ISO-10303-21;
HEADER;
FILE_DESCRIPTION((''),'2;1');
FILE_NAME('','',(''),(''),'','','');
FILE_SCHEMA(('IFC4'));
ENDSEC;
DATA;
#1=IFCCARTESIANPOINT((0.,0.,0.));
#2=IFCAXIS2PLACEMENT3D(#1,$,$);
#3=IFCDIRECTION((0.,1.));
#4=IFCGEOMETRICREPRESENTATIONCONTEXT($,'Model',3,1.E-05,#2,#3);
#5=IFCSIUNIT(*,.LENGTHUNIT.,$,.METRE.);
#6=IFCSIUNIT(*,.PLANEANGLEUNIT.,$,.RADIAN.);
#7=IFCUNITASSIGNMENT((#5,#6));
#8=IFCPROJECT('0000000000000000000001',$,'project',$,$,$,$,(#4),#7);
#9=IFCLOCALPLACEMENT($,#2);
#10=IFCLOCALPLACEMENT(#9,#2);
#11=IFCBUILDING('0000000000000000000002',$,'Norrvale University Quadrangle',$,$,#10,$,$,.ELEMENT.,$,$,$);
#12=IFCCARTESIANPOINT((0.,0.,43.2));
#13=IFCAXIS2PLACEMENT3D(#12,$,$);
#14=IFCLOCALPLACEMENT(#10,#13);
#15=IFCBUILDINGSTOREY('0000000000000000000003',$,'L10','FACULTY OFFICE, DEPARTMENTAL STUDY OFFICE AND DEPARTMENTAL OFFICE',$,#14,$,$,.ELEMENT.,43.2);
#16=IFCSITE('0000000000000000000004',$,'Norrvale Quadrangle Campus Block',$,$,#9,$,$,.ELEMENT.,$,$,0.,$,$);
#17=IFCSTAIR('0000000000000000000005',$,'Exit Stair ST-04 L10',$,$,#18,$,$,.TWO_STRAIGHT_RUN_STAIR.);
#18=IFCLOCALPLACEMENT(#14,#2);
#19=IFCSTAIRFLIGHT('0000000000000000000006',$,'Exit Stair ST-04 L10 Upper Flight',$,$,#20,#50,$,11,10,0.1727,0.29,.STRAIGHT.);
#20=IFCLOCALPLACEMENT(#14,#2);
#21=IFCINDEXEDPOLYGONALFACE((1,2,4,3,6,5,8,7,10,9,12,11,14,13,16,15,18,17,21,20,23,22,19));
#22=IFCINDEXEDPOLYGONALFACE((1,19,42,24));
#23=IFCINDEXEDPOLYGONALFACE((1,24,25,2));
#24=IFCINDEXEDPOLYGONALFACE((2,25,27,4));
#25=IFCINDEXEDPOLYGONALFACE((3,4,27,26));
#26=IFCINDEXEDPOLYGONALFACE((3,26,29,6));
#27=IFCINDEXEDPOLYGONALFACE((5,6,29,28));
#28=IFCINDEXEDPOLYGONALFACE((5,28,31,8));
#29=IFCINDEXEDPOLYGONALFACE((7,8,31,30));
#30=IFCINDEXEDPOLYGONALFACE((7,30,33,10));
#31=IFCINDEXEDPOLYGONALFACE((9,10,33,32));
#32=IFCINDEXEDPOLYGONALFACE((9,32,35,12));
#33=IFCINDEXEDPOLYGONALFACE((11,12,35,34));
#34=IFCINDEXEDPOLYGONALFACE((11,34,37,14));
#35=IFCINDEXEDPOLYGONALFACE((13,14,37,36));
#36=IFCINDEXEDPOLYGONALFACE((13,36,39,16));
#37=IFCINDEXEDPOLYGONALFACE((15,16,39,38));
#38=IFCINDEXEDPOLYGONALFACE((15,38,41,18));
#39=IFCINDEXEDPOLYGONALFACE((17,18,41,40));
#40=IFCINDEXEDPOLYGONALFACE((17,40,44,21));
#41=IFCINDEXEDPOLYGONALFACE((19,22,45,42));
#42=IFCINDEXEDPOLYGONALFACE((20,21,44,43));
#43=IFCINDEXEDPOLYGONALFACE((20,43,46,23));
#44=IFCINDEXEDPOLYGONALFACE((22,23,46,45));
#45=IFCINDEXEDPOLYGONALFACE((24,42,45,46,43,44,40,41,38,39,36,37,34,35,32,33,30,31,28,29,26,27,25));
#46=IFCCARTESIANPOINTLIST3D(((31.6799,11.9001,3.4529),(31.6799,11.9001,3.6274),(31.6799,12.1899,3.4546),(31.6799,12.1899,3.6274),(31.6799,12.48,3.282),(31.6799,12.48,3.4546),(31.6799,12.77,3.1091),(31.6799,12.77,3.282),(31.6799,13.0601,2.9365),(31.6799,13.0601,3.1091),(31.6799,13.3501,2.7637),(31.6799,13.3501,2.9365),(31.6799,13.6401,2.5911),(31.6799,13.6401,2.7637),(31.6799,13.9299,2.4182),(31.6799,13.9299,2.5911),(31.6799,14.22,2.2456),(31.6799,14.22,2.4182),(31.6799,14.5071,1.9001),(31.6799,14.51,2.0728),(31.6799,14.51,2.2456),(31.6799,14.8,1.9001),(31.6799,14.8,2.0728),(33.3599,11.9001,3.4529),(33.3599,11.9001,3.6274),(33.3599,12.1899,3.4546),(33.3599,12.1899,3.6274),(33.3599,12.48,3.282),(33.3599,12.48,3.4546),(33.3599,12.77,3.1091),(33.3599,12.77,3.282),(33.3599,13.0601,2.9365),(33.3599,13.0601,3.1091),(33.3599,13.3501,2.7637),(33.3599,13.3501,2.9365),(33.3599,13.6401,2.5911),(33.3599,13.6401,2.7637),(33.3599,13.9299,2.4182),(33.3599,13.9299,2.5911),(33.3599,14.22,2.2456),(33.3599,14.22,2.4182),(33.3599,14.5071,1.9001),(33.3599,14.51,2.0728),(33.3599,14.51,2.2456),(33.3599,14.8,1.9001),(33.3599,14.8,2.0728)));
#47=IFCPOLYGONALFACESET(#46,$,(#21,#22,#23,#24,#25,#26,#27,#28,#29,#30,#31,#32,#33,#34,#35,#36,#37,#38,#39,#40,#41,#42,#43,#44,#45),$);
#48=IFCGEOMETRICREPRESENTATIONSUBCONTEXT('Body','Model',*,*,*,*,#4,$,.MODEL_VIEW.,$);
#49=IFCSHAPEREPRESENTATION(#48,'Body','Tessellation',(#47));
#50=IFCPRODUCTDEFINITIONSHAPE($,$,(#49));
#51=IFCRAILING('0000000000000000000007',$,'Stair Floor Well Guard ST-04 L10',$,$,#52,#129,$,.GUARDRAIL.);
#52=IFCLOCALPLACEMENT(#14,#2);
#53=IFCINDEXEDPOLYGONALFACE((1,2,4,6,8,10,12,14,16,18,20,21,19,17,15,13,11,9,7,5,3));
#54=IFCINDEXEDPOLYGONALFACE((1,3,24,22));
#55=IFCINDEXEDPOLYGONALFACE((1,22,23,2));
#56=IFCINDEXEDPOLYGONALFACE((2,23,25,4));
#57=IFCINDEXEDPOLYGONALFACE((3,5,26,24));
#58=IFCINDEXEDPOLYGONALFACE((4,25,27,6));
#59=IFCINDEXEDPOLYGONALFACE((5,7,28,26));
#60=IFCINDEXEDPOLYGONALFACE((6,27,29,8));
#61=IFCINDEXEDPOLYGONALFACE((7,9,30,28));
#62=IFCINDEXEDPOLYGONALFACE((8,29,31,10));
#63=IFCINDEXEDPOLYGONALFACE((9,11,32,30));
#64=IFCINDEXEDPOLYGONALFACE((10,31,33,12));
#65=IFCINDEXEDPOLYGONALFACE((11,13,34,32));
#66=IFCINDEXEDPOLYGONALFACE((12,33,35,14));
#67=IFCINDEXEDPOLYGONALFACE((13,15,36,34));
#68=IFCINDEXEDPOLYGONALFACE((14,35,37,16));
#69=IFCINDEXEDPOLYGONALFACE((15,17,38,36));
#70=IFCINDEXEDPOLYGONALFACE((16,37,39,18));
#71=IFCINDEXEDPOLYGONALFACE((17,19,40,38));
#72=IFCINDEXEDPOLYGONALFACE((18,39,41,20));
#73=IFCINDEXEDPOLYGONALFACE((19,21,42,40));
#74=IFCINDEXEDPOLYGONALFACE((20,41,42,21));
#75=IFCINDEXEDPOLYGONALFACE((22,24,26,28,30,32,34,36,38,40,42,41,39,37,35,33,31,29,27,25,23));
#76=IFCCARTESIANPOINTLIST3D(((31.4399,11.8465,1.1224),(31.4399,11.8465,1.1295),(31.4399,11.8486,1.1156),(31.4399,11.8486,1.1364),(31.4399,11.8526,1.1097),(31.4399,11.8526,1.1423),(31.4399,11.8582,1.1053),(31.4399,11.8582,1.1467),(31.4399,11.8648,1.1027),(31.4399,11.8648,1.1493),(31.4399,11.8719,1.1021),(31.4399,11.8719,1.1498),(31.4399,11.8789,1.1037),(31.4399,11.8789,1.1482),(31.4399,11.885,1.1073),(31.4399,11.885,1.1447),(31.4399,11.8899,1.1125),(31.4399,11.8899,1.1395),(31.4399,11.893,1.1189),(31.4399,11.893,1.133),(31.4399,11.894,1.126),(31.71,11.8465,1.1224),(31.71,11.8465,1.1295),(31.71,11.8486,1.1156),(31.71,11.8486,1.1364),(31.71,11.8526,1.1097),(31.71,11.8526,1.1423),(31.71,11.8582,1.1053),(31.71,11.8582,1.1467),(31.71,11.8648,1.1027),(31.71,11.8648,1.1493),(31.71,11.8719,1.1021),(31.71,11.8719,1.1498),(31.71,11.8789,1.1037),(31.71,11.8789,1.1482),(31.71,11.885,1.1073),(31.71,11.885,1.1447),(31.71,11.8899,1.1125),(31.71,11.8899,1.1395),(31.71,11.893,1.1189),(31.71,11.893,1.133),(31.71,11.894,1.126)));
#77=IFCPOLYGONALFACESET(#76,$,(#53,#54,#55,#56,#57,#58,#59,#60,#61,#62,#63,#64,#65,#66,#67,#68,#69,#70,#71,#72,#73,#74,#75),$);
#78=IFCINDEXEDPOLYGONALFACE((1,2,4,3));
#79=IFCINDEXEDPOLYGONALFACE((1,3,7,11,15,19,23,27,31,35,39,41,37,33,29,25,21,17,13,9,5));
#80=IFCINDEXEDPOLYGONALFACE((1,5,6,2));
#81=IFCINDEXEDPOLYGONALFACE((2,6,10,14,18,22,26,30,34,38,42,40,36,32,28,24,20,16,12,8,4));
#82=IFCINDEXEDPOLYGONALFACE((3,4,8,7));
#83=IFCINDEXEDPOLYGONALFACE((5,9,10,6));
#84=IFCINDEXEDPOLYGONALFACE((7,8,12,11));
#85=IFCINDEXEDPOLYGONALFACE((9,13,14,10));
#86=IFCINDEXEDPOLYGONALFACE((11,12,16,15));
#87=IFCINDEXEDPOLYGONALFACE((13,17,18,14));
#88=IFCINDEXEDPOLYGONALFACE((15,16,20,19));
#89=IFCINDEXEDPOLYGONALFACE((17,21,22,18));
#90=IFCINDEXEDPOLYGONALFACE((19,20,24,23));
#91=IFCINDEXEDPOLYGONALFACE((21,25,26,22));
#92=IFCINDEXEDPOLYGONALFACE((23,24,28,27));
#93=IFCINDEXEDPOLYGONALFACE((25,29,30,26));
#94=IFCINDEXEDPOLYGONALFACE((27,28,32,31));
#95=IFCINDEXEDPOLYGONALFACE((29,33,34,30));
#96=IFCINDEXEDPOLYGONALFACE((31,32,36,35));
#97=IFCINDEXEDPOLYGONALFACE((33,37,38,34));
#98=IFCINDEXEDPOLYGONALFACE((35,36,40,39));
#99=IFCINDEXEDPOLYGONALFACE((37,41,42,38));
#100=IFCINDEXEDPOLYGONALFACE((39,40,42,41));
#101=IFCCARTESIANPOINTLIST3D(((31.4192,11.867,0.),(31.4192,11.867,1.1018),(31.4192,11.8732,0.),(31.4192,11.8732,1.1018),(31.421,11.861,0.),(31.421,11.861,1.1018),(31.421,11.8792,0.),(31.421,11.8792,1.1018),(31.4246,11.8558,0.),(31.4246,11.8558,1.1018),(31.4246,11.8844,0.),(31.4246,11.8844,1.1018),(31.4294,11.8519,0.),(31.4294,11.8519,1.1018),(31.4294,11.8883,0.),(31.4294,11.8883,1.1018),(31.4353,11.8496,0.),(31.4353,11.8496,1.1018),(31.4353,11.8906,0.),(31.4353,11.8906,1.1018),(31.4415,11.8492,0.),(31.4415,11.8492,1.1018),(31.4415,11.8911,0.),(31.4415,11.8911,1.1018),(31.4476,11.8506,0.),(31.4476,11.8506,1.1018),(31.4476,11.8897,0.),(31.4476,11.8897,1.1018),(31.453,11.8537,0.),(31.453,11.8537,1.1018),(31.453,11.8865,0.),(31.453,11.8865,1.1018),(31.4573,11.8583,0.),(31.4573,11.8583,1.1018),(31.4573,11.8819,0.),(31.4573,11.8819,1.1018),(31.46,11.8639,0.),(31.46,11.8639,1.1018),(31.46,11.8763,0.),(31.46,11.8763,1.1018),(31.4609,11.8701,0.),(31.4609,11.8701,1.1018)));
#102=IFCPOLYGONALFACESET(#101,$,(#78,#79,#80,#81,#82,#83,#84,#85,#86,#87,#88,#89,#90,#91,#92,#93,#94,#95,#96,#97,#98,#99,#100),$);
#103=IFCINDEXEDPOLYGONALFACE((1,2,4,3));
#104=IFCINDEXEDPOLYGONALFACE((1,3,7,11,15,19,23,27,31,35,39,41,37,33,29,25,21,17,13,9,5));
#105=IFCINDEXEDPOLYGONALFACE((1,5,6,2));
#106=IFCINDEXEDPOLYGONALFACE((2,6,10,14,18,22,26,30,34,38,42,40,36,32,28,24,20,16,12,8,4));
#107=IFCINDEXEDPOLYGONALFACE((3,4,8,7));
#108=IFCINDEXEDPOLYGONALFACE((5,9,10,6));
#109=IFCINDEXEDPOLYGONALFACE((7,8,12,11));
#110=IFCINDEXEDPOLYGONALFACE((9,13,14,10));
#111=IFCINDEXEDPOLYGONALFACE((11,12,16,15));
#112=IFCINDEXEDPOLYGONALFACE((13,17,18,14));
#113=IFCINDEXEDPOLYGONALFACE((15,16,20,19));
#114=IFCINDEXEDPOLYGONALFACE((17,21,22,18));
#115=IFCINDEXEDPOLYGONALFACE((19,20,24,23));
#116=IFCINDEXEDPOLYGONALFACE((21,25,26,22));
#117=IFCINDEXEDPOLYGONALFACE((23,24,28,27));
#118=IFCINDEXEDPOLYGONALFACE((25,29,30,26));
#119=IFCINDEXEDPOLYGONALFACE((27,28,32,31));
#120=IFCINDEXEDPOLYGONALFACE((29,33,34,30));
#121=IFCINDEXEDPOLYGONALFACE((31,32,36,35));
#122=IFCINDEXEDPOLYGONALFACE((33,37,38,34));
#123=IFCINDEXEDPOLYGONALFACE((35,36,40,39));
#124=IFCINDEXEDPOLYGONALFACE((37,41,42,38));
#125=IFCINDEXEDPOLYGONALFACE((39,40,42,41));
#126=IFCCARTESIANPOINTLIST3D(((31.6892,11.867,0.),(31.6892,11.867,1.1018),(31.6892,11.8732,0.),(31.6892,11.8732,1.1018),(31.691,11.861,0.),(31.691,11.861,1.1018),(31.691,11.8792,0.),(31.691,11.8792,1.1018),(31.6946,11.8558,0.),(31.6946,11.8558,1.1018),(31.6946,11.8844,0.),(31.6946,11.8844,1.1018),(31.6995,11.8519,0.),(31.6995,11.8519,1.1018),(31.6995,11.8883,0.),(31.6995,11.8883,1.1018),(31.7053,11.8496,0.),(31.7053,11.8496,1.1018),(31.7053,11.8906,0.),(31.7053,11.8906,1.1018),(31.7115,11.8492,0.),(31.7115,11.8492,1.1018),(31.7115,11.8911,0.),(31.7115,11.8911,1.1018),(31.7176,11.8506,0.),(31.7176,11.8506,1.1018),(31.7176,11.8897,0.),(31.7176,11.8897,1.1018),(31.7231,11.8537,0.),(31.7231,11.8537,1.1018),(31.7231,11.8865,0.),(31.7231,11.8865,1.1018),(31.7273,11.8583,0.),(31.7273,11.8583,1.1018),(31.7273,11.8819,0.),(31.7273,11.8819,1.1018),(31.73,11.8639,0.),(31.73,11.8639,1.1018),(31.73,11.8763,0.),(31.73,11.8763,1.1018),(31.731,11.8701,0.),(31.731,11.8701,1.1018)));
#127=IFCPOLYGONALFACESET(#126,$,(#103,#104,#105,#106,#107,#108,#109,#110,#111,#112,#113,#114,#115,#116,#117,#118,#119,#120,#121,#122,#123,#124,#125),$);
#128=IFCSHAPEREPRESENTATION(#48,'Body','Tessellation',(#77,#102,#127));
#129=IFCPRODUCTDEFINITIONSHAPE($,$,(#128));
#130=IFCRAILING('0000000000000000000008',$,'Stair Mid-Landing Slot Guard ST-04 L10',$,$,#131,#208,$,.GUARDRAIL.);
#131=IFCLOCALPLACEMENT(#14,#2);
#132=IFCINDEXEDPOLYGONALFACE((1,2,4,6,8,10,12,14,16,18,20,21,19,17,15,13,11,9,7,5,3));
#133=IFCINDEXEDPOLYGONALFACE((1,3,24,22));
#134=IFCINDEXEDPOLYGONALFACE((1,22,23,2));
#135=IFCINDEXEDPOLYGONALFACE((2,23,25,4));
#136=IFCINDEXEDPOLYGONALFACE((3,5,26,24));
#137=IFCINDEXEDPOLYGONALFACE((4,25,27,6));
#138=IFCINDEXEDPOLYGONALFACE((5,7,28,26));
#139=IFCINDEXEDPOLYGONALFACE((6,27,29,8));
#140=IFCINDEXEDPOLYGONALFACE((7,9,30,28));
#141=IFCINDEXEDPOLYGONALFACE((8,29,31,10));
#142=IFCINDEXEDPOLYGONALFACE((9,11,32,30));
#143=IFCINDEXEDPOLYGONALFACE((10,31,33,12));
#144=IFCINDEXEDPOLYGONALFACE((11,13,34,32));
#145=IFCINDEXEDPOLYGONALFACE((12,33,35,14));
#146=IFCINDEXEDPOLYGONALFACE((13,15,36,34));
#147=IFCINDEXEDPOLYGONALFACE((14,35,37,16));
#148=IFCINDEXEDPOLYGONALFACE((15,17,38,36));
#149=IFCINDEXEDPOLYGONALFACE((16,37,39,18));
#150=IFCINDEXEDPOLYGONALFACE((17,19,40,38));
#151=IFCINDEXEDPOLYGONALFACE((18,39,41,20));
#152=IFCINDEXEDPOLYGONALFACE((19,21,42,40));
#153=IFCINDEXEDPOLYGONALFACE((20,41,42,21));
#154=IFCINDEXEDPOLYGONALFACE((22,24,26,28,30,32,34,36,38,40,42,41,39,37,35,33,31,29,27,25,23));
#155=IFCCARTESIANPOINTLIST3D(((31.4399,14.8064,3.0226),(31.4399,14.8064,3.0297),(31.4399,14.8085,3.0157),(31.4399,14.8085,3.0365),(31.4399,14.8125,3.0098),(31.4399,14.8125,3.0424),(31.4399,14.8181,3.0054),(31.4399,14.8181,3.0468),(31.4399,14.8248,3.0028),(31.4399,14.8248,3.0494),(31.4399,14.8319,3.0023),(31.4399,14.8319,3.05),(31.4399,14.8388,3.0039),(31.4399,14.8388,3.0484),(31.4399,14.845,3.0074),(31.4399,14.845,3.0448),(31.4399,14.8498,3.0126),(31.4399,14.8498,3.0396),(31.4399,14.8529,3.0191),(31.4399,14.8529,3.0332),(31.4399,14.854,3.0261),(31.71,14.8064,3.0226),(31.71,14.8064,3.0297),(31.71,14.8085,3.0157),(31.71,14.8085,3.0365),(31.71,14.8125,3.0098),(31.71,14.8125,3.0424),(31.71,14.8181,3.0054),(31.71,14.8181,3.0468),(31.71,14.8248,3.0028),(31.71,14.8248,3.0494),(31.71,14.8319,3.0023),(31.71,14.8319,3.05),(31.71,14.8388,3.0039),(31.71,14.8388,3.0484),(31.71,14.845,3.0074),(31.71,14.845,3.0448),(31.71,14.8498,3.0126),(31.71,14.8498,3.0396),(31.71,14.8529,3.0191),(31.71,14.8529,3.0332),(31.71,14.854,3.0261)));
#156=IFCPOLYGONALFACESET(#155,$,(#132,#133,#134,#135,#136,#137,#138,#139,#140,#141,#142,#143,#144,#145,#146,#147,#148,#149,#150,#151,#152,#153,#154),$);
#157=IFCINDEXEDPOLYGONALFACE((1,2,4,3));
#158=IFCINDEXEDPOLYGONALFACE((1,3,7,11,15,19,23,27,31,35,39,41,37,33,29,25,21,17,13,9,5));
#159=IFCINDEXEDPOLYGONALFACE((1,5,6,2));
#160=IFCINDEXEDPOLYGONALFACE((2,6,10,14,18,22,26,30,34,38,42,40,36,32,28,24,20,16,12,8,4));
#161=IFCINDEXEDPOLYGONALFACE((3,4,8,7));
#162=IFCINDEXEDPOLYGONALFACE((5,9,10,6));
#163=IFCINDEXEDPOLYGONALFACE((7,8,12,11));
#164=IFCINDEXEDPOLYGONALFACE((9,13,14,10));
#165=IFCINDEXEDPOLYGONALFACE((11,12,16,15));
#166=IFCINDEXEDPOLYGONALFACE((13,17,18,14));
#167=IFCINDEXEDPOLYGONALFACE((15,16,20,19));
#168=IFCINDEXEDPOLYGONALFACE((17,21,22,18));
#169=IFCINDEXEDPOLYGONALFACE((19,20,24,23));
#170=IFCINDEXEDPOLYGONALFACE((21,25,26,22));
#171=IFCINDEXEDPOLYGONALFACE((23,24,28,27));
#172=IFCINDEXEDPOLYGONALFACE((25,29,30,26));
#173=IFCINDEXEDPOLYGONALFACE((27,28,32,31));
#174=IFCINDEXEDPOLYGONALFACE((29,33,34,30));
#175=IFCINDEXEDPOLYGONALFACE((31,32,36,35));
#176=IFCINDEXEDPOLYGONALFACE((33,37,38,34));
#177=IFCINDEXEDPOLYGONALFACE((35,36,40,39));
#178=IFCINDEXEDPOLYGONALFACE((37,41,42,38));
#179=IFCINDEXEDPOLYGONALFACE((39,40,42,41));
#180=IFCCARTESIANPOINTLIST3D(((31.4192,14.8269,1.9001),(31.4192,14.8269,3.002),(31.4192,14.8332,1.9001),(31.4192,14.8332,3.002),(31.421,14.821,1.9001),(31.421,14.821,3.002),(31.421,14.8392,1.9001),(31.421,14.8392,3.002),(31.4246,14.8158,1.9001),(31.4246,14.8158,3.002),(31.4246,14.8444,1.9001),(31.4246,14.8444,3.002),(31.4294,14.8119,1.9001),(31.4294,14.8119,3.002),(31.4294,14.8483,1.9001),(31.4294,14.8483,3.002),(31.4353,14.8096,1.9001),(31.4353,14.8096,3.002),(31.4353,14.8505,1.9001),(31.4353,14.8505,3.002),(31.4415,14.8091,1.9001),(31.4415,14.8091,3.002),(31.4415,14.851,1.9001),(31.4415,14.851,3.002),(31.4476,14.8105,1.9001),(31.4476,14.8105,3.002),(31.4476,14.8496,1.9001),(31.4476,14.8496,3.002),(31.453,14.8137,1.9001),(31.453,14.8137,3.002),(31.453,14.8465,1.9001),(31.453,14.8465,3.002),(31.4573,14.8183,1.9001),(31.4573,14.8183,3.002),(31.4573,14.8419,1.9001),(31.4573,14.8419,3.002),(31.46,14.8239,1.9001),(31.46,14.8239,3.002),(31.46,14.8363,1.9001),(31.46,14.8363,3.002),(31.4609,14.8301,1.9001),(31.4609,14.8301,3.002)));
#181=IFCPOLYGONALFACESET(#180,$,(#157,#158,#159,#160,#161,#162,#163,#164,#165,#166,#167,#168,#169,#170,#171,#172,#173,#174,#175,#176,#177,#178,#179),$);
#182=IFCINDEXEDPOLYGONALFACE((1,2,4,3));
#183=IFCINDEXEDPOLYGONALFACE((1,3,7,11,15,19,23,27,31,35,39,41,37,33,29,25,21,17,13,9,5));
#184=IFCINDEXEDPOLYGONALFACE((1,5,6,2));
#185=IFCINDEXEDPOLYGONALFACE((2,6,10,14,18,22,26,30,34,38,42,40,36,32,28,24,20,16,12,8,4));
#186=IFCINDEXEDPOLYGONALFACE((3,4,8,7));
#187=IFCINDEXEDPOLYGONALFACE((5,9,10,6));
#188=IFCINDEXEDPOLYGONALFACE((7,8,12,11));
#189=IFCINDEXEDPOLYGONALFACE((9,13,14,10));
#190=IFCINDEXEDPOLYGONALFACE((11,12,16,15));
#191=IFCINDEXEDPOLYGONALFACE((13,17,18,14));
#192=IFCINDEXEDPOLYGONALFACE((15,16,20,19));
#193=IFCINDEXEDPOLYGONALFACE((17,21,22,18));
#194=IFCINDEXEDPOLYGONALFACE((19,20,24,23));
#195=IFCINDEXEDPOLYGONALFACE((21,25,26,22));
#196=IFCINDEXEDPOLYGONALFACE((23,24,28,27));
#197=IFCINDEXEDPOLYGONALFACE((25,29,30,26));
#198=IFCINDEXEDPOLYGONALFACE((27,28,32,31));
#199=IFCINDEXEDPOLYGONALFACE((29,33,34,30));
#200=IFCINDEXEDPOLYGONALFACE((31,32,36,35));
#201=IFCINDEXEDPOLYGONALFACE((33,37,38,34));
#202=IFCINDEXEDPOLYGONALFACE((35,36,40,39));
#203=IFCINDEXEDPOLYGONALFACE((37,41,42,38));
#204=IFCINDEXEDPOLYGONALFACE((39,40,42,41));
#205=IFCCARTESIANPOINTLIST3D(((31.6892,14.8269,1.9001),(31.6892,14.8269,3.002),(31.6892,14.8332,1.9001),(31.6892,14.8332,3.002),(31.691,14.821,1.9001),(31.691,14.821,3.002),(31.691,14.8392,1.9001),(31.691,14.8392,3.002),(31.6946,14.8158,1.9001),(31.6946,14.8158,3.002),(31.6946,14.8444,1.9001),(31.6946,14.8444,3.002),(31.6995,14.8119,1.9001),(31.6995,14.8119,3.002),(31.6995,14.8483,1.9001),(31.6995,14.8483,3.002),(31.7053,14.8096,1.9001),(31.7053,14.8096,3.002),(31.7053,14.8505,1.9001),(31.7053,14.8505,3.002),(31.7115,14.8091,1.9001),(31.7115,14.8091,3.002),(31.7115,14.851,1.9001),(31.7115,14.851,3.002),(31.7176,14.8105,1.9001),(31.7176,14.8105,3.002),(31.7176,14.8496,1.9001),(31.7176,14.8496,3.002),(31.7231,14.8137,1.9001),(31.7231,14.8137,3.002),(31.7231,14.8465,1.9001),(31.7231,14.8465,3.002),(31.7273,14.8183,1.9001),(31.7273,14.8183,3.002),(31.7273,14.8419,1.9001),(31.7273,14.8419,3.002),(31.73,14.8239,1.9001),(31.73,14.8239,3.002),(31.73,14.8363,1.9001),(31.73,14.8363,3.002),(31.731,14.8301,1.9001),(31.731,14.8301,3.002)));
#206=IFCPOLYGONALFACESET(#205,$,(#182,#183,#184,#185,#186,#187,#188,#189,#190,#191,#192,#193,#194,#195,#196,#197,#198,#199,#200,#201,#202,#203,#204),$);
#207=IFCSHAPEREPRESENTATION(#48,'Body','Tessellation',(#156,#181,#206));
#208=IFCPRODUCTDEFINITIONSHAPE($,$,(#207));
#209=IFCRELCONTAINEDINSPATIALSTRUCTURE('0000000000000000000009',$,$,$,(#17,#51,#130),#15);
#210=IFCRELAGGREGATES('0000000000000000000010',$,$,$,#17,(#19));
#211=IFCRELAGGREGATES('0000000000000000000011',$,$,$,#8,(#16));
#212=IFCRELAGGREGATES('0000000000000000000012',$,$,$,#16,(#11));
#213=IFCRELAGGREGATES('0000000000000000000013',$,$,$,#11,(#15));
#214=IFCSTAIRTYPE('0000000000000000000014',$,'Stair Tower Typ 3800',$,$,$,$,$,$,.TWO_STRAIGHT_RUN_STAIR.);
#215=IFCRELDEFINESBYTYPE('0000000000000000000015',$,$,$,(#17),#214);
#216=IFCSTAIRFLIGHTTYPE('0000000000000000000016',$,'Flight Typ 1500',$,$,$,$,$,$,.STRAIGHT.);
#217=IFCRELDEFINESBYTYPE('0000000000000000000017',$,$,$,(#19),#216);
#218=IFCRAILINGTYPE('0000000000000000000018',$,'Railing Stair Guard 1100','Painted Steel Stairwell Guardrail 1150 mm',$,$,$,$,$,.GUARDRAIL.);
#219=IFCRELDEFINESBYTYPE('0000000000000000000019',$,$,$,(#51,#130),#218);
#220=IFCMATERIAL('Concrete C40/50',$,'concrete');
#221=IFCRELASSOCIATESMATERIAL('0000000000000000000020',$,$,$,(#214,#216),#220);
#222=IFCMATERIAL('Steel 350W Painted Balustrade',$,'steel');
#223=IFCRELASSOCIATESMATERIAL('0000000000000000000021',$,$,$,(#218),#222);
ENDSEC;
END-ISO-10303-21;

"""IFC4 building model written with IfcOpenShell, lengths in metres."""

from ifc_helpers import new_model, si_unit, direction, frame, origin, origin_2d, place, context, subcontext, project, spatial, polyline, circle, outline, extrude, material, type_object, element, aggregate, save


model = new_model("IFC4")

# Units and contexts
model_context = context("Model", 3, precision=1e-05, world=origin(), true_north=direction((0.0, 1.0)))
body_context = subcontext(model_context, "Body", "Model", "MODEL_VIEW")
ifc_project = project(units=[si_unit("LENGTHUNIT", "METRE"), si_unit("PLANEANGLEUNIT", "RADIAN")], contexts=[model_context])

# Site, building, storey
site_placement = place(None, origin())
site = spatial("IfcSite", under=ifc_project, at=site_placement, Name="Norrvale Quadrangle Campus Block", CompositionType="ELEMENT", RefElevation=0.0)
building_placement = place(site_placement, origin())
building = spatial("IfcBuilding", under=site, at=building_placement, Name="Norrvale University Quadrangle", CompositionType="ELEMENT")
storey_placement = place(building_placement, frame((0.0, 0.0, 43.2)))
storey = spatial("IfcBuildingStorey", under=building, at=storey_placement, Name="L10", Description="FACULTY OFFICE, DEPARTMENTAL STUDY OFFICE AND DEPARTMENTAL OFFICE", CompositionType="ELEMENT", Elevation=43.2)

# Stair, stair flight
ifc_material_1 = material(Name="Concrete C40/50", Category="concrete")
stair_type = type_object("IfcStairType", Name="Stair Tower Typ 3800", PredefinedType="TWO_STRAIGHT_RUN_STAIR", material=ifc_material_1)
stair_placement = place(storey_placement, origin())
stair = element("IfcStair", 1, at=stair_placement, inside=storey, type_object=stair_type, Name="Exit Stair ST-04 L10", PredefinedType="TWO_STRAIGHT_RUN_STAIR")
stair_flight_type = type_object("IfcStairFlightType", Name="Flight Typ 1500", PredefinedType="STRAIGHT", material=ifc_material_1)
stair_flight_1_placement = place(storey_placement, frame((32.52, 14.8, 1.9001), z_axis=(0.0, 0.0, 1.0), x_axis=(0.0, -1.0, 0.0)))
stair_flight_1 = element("IfcStairFlight", 2, at=stair_flight_1_placement, type_object=stair_flight_type, Name="Exit Stair ST-04 L10 Upper Flight", NumberOfRisers=11, NumberOfTreads=10, PredefinedType="STRAIGHT", RiserHeight=0.1727, TreadLength=0.29, context=body_context, shape_type="SweptSolid", body=[
    extrude(outline(polyline([(0.0, 0.0), (0.0, 0.1726), (0.29, 0.1726), (0.29, 0.3455), (0.5801, 0.3455), (0.5801, 0.5181), (0.8701, 0.5181), (0.8701, 0.6909), (1.1599, 0.6909), (1.1599, 0.8635), (1.45, 0.8635), (1.45, 1.0364), (1.74, 1.0364), (1.74, 1.209), (2.03, 1.209), (2.03, 1.3818), (2.3201, 1.3818), (2.3201, 1.5544), (2.6101, 1.5544), (2.6101, 1.7273), (2.8999, 1.7273), (2.8999, 1.8999), (2.8999, 1.5527), (0.293, 0.0), (0.0, 0.0)])), frame((0.0, 0.8398, 0.0), z_axis=(0.0, -1.0, 0.0), x_axis=(1.0, 0.0, 0.0)), (0.0, 0.0, 1.0), 1.6799),
])
aggregate(stair, [stair_flight_1])

# Railings
ifc_material_2 = material(Name="Steel 350W Painted Balustrade", Category="steel")
railing_type_1 = type_object("IfcRailingType", Name="Railing Stair Guard 1100", Description="Painted Steel Stairwell Guardrail 1150 mm", PredefinedType="GUARDRAIL", material=ifc_material_2)
for number, where, name in (
    (3, (31.4399, 11.8701, 0.0), "Stair Floor Well Guard ST-04 L10"),
    (4, (31.4399, 14.8301, 1.9001), "Stair Mid-Landing Slot Guard ST-04 L10"),
):
    element("IfcRailing", number, at=place(storey_placement, frame(where)), inside=storey, type_object=railing_type_1, Name=name, PredefinedType="GUARDRAIL", context=body_context, shape_type="SweptSolid", body=[
        extrude(circle(Radius=0.0239, at=origin_2d()), frame((0.0, 0.0, 1.126), z_axis=(1.0, 0.0, 0.0), x_axis=(0.0, 1.0, 0.0)), (0.0, 0.0, 1.0), 0.27),
        extrude(circle(Radius=0.021, at=origin_2d()), origin(), (0.0, 0.0, 1.0), 1.1018),
        extrude(circle(Radius=0.021, at=origin_2d()), frame((0.27, 0.0, 0.0)), (0.0, 0.0, 1.0), 1.1018),
    ])

save(model, "model.ifc")
